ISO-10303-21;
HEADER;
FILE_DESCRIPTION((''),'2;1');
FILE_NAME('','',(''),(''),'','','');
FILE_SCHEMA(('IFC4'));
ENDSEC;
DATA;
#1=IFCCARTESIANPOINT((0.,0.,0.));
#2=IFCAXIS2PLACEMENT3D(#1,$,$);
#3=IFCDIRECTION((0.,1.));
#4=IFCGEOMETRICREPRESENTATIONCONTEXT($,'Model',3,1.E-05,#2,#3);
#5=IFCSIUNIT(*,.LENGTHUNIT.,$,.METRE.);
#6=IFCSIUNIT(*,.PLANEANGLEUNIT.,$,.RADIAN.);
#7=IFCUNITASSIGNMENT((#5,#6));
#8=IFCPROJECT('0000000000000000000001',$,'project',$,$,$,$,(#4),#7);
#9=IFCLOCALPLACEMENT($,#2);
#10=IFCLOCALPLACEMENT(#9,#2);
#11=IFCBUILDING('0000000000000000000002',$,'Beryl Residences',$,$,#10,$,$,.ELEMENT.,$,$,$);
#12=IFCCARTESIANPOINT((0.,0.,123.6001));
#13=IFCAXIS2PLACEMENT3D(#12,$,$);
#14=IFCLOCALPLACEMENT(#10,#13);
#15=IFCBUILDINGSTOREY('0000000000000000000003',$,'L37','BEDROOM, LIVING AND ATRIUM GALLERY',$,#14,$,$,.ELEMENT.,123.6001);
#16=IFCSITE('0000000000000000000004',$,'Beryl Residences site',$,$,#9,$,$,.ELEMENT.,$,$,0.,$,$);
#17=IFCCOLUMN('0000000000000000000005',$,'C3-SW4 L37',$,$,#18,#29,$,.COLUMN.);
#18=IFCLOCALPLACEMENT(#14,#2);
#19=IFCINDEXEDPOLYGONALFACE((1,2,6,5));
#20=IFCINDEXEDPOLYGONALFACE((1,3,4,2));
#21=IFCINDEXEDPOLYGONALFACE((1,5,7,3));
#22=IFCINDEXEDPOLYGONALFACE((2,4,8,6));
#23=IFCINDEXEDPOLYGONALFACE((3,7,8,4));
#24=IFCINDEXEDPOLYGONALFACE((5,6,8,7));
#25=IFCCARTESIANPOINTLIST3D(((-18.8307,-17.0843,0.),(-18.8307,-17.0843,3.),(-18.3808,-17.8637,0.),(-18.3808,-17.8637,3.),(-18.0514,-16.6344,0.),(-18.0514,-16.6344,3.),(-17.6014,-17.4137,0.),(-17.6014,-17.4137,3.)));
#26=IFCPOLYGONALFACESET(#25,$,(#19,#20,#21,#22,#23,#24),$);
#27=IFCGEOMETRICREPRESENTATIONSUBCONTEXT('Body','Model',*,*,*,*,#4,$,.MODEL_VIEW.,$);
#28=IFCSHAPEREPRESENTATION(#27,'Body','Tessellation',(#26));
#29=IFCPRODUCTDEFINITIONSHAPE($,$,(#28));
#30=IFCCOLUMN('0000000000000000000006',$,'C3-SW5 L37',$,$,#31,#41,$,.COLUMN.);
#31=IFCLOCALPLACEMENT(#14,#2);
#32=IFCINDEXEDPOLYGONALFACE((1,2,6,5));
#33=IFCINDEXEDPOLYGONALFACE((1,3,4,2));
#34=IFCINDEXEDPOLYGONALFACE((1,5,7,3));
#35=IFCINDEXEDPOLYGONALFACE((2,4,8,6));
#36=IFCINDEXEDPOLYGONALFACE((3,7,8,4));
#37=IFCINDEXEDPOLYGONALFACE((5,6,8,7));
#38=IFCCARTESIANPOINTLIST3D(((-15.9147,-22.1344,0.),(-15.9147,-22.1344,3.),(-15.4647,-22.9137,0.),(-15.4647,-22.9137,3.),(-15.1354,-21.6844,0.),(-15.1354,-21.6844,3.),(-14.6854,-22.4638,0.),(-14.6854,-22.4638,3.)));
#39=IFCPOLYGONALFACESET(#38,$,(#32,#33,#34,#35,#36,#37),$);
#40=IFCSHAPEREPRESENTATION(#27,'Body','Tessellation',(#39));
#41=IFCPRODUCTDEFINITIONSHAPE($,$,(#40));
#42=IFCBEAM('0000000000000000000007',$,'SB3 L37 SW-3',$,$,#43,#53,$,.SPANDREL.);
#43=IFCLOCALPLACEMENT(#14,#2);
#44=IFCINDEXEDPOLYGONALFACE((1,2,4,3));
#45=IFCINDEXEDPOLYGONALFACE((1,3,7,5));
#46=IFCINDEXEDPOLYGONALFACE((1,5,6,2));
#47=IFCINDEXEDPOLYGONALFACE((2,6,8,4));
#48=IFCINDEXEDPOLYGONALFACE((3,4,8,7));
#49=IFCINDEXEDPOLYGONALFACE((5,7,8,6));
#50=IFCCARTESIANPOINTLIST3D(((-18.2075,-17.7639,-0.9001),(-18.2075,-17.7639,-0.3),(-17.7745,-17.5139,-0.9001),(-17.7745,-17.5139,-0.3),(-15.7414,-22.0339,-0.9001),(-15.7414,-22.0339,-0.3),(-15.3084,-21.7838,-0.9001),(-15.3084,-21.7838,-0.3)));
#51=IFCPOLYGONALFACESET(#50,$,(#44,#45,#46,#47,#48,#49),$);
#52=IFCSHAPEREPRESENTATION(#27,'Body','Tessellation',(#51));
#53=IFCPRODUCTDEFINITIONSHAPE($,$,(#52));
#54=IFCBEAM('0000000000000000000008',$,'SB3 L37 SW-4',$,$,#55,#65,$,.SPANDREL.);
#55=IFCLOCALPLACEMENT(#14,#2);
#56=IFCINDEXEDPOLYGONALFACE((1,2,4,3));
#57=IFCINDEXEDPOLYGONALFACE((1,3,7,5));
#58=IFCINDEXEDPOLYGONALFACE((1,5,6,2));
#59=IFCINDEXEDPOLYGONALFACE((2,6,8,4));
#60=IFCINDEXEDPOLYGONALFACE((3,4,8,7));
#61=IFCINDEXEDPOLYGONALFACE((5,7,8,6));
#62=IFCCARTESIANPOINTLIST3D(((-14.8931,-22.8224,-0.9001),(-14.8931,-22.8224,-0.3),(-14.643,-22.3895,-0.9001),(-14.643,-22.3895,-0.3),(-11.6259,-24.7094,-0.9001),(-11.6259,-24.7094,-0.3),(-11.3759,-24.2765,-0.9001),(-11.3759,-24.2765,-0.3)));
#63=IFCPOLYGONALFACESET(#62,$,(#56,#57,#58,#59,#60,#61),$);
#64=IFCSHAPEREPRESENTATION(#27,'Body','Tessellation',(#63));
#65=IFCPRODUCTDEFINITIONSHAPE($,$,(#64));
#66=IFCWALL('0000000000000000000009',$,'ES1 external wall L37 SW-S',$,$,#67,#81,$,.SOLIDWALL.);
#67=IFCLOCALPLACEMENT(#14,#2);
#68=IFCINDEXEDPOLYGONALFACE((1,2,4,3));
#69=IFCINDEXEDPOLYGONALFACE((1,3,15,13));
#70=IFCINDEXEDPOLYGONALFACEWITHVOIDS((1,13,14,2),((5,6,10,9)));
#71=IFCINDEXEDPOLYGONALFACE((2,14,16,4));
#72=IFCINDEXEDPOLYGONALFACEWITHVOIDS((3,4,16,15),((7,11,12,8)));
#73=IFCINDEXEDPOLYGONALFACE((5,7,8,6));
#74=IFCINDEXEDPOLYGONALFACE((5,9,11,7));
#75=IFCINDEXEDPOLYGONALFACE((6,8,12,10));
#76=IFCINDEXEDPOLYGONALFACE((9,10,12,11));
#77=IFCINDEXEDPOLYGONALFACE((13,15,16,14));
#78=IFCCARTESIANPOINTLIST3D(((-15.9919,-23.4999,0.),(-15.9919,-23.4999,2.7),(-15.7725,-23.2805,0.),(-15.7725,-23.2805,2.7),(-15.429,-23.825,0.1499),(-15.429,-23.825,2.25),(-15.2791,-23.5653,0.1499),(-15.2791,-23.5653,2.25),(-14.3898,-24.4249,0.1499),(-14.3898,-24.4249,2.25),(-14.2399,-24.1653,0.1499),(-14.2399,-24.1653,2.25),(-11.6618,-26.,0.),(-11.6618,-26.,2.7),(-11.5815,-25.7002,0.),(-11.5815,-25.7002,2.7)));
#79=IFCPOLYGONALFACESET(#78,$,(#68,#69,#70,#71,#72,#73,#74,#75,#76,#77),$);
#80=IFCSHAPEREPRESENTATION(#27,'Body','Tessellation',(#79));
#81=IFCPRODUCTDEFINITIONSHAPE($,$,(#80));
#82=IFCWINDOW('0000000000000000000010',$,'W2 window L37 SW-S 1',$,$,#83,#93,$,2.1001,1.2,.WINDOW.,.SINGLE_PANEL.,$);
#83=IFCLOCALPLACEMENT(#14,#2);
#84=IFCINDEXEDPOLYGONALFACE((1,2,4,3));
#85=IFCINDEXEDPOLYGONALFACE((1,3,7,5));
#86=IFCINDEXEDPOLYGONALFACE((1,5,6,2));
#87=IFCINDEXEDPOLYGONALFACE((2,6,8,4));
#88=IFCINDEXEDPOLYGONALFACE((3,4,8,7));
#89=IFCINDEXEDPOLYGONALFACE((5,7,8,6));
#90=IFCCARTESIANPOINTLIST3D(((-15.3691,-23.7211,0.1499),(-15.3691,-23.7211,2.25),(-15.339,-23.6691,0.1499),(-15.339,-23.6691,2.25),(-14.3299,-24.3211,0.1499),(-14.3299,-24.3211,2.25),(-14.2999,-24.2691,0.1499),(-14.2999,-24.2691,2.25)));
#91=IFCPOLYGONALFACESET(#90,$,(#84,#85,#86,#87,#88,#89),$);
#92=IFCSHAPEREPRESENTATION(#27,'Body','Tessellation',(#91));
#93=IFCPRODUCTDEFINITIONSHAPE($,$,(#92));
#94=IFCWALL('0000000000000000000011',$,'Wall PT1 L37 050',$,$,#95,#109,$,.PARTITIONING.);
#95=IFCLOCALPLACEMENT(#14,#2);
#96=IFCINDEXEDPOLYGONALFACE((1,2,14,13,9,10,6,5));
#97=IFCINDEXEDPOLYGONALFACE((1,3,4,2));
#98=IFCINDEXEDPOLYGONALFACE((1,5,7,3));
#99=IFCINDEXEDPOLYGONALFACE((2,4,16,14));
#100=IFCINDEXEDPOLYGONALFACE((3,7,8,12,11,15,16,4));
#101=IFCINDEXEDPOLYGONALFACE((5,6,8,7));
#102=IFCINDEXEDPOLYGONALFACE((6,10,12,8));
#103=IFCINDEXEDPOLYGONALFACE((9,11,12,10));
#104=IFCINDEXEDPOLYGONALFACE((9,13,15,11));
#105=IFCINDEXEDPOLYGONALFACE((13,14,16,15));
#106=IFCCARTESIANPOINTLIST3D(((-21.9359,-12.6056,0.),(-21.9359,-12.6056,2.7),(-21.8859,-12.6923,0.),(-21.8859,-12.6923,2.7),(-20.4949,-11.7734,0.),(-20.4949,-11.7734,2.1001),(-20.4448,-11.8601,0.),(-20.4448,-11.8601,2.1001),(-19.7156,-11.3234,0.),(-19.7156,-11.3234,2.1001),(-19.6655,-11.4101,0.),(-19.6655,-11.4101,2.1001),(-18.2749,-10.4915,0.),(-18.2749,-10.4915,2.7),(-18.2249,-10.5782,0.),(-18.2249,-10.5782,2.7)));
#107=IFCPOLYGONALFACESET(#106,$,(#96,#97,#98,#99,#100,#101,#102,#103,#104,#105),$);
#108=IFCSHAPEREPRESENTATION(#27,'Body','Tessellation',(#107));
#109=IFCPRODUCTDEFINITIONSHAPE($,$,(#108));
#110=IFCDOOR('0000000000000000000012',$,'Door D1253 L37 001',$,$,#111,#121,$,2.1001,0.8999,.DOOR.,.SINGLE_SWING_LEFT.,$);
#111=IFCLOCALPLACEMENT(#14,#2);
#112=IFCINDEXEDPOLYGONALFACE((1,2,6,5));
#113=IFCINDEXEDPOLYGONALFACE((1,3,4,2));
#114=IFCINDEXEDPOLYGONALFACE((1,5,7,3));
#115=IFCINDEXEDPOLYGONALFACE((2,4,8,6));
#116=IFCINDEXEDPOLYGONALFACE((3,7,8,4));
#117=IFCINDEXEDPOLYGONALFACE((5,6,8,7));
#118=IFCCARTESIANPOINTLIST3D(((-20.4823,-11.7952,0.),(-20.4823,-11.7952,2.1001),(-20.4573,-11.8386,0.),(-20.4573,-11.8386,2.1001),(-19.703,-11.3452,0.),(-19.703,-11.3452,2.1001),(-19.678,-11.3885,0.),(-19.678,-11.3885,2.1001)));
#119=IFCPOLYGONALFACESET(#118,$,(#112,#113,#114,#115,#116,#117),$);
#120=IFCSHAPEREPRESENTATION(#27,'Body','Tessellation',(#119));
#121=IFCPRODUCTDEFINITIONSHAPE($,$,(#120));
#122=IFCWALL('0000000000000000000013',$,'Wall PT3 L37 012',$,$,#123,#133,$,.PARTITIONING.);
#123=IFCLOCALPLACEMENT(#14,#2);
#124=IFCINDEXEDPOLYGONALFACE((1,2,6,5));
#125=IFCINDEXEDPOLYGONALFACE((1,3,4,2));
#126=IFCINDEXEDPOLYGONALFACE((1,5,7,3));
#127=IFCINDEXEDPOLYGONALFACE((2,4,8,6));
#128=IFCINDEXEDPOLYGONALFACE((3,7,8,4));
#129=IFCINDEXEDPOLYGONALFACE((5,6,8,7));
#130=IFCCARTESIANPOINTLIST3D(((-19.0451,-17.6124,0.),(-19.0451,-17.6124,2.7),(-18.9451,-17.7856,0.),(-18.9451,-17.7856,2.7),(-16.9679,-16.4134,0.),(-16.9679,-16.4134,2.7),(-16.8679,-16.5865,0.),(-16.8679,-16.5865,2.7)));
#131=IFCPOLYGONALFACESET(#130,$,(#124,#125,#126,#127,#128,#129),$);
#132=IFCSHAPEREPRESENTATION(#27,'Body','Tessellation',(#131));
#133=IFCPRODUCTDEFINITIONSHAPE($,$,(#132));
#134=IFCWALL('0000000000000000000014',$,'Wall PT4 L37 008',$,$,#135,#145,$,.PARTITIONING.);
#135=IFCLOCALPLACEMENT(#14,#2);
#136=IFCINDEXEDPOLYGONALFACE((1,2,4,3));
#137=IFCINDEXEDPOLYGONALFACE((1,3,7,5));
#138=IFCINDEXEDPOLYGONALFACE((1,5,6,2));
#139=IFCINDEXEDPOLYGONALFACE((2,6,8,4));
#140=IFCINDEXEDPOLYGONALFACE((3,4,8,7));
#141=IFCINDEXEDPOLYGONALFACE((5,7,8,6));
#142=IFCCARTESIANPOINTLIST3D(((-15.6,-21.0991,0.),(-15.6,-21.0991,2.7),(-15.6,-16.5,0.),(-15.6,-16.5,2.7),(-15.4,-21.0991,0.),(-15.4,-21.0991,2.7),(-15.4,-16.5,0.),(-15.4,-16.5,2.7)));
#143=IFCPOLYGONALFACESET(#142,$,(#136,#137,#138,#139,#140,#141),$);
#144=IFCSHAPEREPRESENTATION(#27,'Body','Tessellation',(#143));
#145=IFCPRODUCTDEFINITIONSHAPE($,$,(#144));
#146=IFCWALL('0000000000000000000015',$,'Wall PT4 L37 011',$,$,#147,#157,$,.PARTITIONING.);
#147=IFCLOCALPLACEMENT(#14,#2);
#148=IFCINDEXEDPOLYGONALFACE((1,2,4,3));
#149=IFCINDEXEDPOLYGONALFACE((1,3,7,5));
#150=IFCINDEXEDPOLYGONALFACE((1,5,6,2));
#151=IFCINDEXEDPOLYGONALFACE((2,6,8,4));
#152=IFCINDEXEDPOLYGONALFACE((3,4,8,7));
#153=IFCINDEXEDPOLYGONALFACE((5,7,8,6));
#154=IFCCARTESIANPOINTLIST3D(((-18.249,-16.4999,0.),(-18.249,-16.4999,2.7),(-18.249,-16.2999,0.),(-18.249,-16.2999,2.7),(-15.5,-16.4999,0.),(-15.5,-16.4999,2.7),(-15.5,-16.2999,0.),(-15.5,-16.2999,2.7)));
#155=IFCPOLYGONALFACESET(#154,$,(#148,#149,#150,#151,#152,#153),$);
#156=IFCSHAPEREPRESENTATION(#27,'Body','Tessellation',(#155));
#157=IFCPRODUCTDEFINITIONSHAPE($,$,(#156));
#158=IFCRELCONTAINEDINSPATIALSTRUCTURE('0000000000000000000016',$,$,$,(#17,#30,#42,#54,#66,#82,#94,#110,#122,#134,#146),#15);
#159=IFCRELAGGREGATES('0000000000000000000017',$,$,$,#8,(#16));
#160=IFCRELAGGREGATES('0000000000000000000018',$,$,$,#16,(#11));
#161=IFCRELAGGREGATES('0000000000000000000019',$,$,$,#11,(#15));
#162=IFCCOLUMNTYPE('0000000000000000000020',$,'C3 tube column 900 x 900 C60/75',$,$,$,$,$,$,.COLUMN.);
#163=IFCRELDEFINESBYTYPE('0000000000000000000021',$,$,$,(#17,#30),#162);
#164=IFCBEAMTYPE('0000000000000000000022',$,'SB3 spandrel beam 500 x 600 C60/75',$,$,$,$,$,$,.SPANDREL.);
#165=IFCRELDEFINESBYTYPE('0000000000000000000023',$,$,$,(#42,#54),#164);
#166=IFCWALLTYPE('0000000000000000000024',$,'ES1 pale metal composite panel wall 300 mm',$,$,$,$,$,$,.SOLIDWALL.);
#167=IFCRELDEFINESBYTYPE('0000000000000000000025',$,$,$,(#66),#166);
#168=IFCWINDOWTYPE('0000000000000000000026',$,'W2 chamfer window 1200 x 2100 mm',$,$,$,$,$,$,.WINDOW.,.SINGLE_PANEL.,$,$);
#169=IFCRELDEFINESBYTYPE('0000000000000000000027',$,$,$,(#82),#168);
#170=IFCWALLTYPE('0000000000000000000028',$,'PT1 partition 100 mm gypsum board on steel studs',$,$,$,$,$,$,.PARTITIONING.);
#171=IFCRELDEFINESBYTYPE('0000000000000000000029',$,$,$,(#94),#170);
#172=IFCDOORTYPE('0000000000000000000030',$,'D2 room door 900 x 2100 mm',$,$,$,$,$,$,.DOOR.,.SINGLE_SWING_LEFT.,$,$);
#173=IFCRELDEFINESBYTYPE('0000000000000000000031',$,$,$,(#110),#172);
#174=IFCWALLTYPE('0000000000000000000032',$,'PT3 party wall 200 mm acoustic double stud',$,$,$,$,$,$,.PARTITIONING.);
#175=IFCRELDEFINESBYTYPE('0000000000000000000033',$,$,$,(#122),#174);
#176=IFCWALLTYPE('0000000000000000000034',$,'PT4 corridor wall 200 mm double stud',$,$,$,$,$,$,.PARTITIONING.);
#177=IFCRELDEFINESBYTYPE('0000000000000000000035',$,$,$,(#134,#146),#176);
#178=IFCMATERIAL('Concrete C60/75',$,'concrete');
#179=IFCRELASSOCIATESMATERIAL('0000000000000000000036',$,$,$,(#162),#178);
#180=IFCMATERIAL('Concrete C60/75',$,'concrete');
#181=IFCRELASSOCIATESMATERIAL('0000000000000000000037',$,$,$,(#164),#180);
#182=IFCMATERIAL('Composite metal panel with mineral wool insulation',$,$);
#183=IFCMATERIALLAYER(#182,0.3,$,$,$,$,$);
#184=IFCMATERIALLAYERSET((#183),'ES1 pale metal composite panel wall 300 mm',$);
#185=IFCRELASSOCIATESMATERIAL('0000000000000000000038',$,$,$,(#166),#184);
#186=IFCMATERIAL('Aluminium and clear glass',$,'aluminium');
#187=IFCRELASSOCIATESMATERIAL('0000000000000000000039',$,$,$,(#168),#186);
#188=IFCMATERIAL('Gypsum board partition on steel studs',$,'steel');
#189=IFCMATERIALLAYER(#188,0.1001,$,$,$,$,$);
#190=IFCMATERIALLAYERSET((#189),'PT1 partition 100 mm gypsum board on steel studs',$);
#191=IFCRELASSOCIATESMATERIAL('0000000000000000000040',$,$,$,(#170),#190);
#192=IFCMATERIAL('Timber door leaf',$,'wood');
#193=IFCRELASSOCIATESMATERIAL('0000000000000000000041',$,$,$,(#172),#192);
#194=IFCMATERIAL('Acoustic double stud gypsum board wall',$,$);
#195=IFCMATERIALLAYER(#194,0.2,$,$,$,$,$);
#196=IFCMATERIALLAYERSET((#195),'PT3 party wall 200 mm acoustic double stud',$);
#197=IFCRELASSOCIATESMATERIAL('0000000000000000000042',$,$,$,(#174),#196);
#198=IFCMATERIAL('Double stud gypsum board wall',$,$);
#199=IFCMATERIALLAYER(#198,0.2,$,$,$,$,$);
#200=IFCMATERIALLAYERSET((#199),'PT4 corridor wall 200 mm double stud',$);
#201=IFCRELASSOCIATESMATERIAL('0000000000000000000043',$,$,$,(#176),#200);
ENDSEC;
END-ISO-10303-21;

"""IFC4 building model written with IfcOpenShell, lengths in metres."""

from ifc_helpers import new_model, si_unit, direction, frame, frame_2d, origin, origin_2d, place, context, subcontext, project, spatial, polyline, rectangle, outline, extrude, material, layer, layer_set, material_profile, profile_set, type_object, element, fill, save


model = new_model("IFC4")

# Units and contexts
model_context = context("Model", 3, precision=1e-05, world=origin(), true_north=direction((0.0, 1.0)))
body_context = subcontext(model_context, "Body", "Model", "MODEL_VIEW")
ifc_project = project(units=[si_unit("LENGTHUNIT", "METRE"), si_unit("PLANEANGLEUNIT", "RADIAN")], contexts=[model_context])

# Site, building, storey
site_placement = place(None, origin())
site = spatial("IfcSite", under=ifc_project, at=site_placement, Name="Beryl Residences site", CompositionType="ELEMENT", RefElevation=0.0)
building_placement = place(site_placement, origin())
building = spatial("IfcBuilding", under=site, at=building_placement, Name="Beryl Residences", CompositionType="ELEMENT")
storey_placement = place(building_placement, frame((0.0, 0.0, 123.6001)))
storey = spatial("IfcBuildingStorey", under=building, at=storey_placement, Name="L37", Description="BEDROOM, LIVING AND ATRIUM GALLERY", CompositionType="ELEMENT", Elevation=123.6001)

# Columns
ifc_material_1 = material(Name="Concrete C60/75", Category="concrete")
ifc_material_profile_1 = material_profile(ifc_material_1, rectangle(XDim=0.8999, YDim=0.8999, at=origin_2d()))
ifc_profile_set_1 = profile_set([ifc_material_profile_1], Name="Concrete C60/75")
column_type = type_object("IfcColumnType", Name="C3 tube column 900 x 900 C60/75", PredefinedType="COLUMN", material=ifc_profile_set_1)
for number, where, z_axis, x_axis, name in (
    (1, (-18.2161, -17.249, 0.0), (0.0, 0.0, 1.0), (0.5, -0.866025, 0.0), "C3-SW4 L37"),
    (2, (-15.3, -22.2991, 0.0), (0.0, 0.0, 1.0), (0.5, -0.866025, 0.0), "C3-SW5 L37"),
):
    element("IfcColumn", number, at=place(storey_placement, frame(where, z_axis=z_axis, x_axis=x_axis)), inside=storey, type_object=column_type, Name=name, PredefinedType="COLUMN", context=body_context, shape_type="SweptSolid", body=[
        extrude(rectangle(XDim=0.8999, YDim=0.8999, at=origin_2d()), origin(), (0.0, 0.0, 1.0), 3.0),
    ])

# Beams
ifc_material_2 = material(Name="Concrete C60/75", Category="concrete")
ifc_material_profile_2 = material_profile(ifc_material_2, rectangle(XDim=0.5, YDim=0.6001, at=origin_2d()))
ifc_profile_set_2 = profile_set([ifc_material_profile_2], Name="Concrete C60/75")
beam_type = type_object("IfcBeamType", Name="SB3 spandrel beam 500 x 600 C60/75", PredefinedType="SPANDREL", material=ifc_profile_set_2)
beam_1_placement = place(storey_placement, frame((-17.991, -17.6389, -0.6001), z_axis=(0.500117, -0.865958, 0.0), x_axis=(0.865958, 0.500117, 0.0)))
element("IfcBeam", 3, at=beam_1_placement, inside=storey, type_object=beam_type, Name="SB3 L37 SW-3", PredefinedType="SPANDREL", context=body_context, shape_type="SweptSolid", body=[
    extrude(rectangle(XDim=0.5, YDim=0.6001, at=origin_2d()), origin(), (0.0, 0.0, 1.0), 4.9309),
])
beam_2_placement = place(storey_placement, frame((-14.7681, -22.606, -0.6001), z_axis=(0.865944, -0.500141, 0.0), x_axis=(0.500141, 0.865944, 0.0)))
element("IfcBeam", 4, at=beam_2_placement, inside=storey, type_object=beam_type, Name="SB3 L37 SW-4", PredefinedType="SPANDREL", context=body_context, shape_type="SweptSolid", body=[
    extrude(rectangle(XDim=0.5, YDim=0.6001, at=origin_2d()), origin(), (0.0, 0.0, 1.0), 3.7729),
])

# Wall, opening, window
ifc_material_3 = material(Name="Composite metal panel with mineral wool insulation")
ifc_layer_1 = layer(ifc_material_3, 0.3)
ifc_layer_set_1 = layer_set([ifc_layer_1], Name="ES1 pale metal composite panel wall 300 mm")
wall_type_1 = type_object("IfcWallType", Name="ES1 pale metal composite panel wall 300 mm", PredefinedType="SOLIDWALL", material=ifc_layer_set_1)
wall_1_placement = place(storey_placement, frame((-15.917, -23.3701, 0.0), z_axis=(0.0, 0.0, 1.0), x_axis=(0.866023, -0.500004, 0.0)))
wall_1 = element("IfcWall", 5, at=wall_1_placement, inside=storey, type_object=wall_type_1, Name="ES1 external wall L37 SW-S", PredefinedType="SOLIDWALL", context=body_context, shape_type="SweptSolid", body=[
    extrude(outline(polyline([(0.0, -0.1499), (5.0, -0.1499), (4.9197, 0.1499), (0.0803, 0.1499), (0.0, -0.1499)])), origin(), (0.0, 0.0, 1.0), 2.7),
])
opening_1_placement = place(wall_1_placement, frame((0.6499, 0.0, 0.1499)))
opening_1 = element("IfcOpeningElement", 6, at=opening_1_placement, cuts=wall_1, PredefinedType="OPENING", context=body_context, shape_type="SweptSolid", body=[
    extrude(rectangle(XDim=1.2, YDim=2.1001, at=frame_2d((0.6001, 1.05))), frame((0.0, 0.1599, 0.0), z_axis=(0.0, -1.0, 0.0), x_axis=(1.0, 0.0, 0.0)), (0.0, 0.0, 1.0), 0.3201),
])
ifc_material_4 = material(Name="Aluminium and clear glass", Category="aluminium")
window_type = type_object("IfcWindowType", Name="W2 chamfer window 1200 x 2100 mm", PartitioningType="SINGLE_PANEL", PredefinedType="WINDOW", material=ifc_material_4)
window_placement = place(opening_1_placement, origin())
window = element("IfcWindow", 7, at=window_placement, inside=storey, type_object=window_type, Name="W2 window L37 SW-S 1", OverallHeight=2.1001, OverallWidth=1.2, PartitioningType="SINGLE_PANEL", PredefinedType="WINDOW", context=body_context, shape_type="SweptSolid", body=[
    extrude(rectangle(XDim=1.2, YDim=2.1001, at=frame_2d((0.6001, 1.05))), frame((0.0, 0.03, 0.0), z_axis=(0.0, -1.0, 0.0), x_axis=(1.0, 0.0, 0.0)), (0.0, 0.0, 1.0), 0.0601),
])
fill(opening_1, window)

# Wall, opening, door
ifc_material_5 = material(Name="Gypsum board partition on steel studs", Category="steel")
ifc_layer_2 = layer(ifc_material_5, 0.1001)
ifc_layer_set_2 = layer_set([ifc_layer_2], Name="PT1 partition 100 mm gypsum board on steel studs")
wall_type_2 = type_object("IfcWallType", Name="PT1 partition 100 mm gypsum board on steel studs", PredefinedType="PARTITIONING", material=ifc_layer_set_2)
wall_2_placement = place(storey_placement, frame((-21.9109, -12.6489, 0.0), z_axis=(0.0, 0.0, 1.0), x_axis=(0.865985, 0.500071, 0.0)))
wall_2 = element("IfcWall", 8, at=wall_2_placement, inside=storey, type_object=wall_type_2, Name="Wall PT1 L37 050", PredefinedType="PARTITIONING", context=body_context, shape_type="SweptSolid", body=[
    extrude(rectangle(XDim=4.2275, YDim=0.1001, at=frame_2d((2.1138, 0.0))), origin(), (0.0, 0.0, 1.0), 2.7),
])
opening_2_placement = place(wall_2_placement, frame((1.6641, 0.0, 0.0)))
opening_2 = element("IfcOpeningElement", 9, at=opening_2_placement, cuts=wall_2, PredefinedType="OPENING", context=body_context, shape_type="SweptSolid", body=[
    extrude(rectangle(XDim=0.8999, YDim=2.1001, at=frame_2d((0.45, 1.05))), frame((0.0, 0.0601, 0.0), z_axis=(0.0, -1.0, 0.0), x_axis=(1.0, 0.0, 0.0)), (0.0, 0.0, 1.0), 0.1201),
])
ifc_material_6 = material(Name="Timber door leaf", Category="wood")
door_type_1 = type_object("IfcDoorType", Name="D2 room door 900 x 2100 mm", OperationType="SINGLE_SWING_LEFT", PredefinedType="DOOR", material=ifc_material_6)
door_1_placement = place(opening_2_placement, origin())
door_1 = element("IfcDoor", 10, at=door_1_placement, inside=storey, type_object=door_type_1, Name="Door D1253 L37 001", OperationType="SINGLE_SWING_LEFT", OverallHeight=2.1001, OverallWidth=0.8999, PredefinedType="DOOR", context=body_context, shape_type="SweptSolid", body=[
    extrude(rectangle(XDim=0.8999, YDim=2.1001, at=frame_2d((0.45, 1.05))), frame((0.0, 0.0249, 0.0), z_axis=(0.0, -1.0, 0.0), x_axis=(1.0, 0.0, 0.0)), (0.0, 0.0, 1.0), 0.05),
])
fill(opening_2, door_1)

# Walls
ifc_material_7 = material(Name="Acoustic double stud gypsum board wall")
ifc_layer_3 = layer(ifc_material_7, 0.2)
ifc_layer_set_3 = layer_set([ifc_layer_3], Name="PT3 party wall 200 mm acoustic double stud")
wall_type_3 = type_object("IfcWallType", Name="PT3 party wall 200 mm acoustic double stud", PredefinedType="PARTITIONING", material=ifc_layer_set_3)
wall_3_placement = place(storey_placement, frame((-18.9951, -17.699, 0.0), z_axis=(0.0, 0.0, 1.0), x_axis=(0.866074, 0.499916, 0.0)))
element("IfcWall", 11, at=wall_3_placement, inside=storey, type_object=wall_type_3, Name="Wall PT3 L37 012", PredefinedType="PARTITIONING", context=body_context, shape_type="SweptSolid", body=[
    extrude(rectangle(XDim=2.3984, YDim=0.2, at=frame_2d((1.1992, 0.0))), origin(), (0.0, 0.0, 1.0), 2.7),
])
ifc_material_8 = material(Name="Double stud gypsum board wall")
ifc_layer_4 = layer(ifc_material_8, 0.2)
ifc_layer_set_4 = layer_set([ifc_layer_4], Name="PT4 corridor wall 200 mm double stud")
wall_type_4 = type_object("IfcWallType", Name="PT4 corridor wall 200 mm double stud", PredefinedType="PARTITIONING", material=ifc_layer_set_4)
wall_4_placement = place(storey_placement, frame((-15.5, -16.5, 0.0), z_axis=(0.0, 0.0, 1.0), x_axis=(0.0, -1.0, 0.0)))
element("IfcWall", 12, at=wall_4_placement, inside=storey, type_object=wall_type_4, Name="Wall PT4 L37 008", PredefinedType="PARTITIONING", context=body_context, shape_type="SweptSolid", body=[
    extrude(rectangle(XDim=4.5991, YDim=0.2, at=frame_2d((2.2996, 0.0))), origin(), (0.0, 0.0, 1.0), 2.7),
])
wall_5_placement = place(storey_placement, frame((-18.249, -16.3999, 0.0), z_axis=(0.0, 0.0, 1.0), x_axis=(1.0, 0.0, 0.0)))
element("IfcWall", 13, at=wall_5_placement, inside=storey, type_object=wall_type_4, Name="Wall PT4 L37 011", PredefinedType="PARTITIONING", context=body_context, shape_type="SweptSolid", body=[
    extrude(rectangle(XDim=2.749, YDim=0.2, at=frame_2d((1.3745, 0.0))), origin(), (0.0, 0.0, 1.0), 2.7),
])

save(model, "model.ifc")
